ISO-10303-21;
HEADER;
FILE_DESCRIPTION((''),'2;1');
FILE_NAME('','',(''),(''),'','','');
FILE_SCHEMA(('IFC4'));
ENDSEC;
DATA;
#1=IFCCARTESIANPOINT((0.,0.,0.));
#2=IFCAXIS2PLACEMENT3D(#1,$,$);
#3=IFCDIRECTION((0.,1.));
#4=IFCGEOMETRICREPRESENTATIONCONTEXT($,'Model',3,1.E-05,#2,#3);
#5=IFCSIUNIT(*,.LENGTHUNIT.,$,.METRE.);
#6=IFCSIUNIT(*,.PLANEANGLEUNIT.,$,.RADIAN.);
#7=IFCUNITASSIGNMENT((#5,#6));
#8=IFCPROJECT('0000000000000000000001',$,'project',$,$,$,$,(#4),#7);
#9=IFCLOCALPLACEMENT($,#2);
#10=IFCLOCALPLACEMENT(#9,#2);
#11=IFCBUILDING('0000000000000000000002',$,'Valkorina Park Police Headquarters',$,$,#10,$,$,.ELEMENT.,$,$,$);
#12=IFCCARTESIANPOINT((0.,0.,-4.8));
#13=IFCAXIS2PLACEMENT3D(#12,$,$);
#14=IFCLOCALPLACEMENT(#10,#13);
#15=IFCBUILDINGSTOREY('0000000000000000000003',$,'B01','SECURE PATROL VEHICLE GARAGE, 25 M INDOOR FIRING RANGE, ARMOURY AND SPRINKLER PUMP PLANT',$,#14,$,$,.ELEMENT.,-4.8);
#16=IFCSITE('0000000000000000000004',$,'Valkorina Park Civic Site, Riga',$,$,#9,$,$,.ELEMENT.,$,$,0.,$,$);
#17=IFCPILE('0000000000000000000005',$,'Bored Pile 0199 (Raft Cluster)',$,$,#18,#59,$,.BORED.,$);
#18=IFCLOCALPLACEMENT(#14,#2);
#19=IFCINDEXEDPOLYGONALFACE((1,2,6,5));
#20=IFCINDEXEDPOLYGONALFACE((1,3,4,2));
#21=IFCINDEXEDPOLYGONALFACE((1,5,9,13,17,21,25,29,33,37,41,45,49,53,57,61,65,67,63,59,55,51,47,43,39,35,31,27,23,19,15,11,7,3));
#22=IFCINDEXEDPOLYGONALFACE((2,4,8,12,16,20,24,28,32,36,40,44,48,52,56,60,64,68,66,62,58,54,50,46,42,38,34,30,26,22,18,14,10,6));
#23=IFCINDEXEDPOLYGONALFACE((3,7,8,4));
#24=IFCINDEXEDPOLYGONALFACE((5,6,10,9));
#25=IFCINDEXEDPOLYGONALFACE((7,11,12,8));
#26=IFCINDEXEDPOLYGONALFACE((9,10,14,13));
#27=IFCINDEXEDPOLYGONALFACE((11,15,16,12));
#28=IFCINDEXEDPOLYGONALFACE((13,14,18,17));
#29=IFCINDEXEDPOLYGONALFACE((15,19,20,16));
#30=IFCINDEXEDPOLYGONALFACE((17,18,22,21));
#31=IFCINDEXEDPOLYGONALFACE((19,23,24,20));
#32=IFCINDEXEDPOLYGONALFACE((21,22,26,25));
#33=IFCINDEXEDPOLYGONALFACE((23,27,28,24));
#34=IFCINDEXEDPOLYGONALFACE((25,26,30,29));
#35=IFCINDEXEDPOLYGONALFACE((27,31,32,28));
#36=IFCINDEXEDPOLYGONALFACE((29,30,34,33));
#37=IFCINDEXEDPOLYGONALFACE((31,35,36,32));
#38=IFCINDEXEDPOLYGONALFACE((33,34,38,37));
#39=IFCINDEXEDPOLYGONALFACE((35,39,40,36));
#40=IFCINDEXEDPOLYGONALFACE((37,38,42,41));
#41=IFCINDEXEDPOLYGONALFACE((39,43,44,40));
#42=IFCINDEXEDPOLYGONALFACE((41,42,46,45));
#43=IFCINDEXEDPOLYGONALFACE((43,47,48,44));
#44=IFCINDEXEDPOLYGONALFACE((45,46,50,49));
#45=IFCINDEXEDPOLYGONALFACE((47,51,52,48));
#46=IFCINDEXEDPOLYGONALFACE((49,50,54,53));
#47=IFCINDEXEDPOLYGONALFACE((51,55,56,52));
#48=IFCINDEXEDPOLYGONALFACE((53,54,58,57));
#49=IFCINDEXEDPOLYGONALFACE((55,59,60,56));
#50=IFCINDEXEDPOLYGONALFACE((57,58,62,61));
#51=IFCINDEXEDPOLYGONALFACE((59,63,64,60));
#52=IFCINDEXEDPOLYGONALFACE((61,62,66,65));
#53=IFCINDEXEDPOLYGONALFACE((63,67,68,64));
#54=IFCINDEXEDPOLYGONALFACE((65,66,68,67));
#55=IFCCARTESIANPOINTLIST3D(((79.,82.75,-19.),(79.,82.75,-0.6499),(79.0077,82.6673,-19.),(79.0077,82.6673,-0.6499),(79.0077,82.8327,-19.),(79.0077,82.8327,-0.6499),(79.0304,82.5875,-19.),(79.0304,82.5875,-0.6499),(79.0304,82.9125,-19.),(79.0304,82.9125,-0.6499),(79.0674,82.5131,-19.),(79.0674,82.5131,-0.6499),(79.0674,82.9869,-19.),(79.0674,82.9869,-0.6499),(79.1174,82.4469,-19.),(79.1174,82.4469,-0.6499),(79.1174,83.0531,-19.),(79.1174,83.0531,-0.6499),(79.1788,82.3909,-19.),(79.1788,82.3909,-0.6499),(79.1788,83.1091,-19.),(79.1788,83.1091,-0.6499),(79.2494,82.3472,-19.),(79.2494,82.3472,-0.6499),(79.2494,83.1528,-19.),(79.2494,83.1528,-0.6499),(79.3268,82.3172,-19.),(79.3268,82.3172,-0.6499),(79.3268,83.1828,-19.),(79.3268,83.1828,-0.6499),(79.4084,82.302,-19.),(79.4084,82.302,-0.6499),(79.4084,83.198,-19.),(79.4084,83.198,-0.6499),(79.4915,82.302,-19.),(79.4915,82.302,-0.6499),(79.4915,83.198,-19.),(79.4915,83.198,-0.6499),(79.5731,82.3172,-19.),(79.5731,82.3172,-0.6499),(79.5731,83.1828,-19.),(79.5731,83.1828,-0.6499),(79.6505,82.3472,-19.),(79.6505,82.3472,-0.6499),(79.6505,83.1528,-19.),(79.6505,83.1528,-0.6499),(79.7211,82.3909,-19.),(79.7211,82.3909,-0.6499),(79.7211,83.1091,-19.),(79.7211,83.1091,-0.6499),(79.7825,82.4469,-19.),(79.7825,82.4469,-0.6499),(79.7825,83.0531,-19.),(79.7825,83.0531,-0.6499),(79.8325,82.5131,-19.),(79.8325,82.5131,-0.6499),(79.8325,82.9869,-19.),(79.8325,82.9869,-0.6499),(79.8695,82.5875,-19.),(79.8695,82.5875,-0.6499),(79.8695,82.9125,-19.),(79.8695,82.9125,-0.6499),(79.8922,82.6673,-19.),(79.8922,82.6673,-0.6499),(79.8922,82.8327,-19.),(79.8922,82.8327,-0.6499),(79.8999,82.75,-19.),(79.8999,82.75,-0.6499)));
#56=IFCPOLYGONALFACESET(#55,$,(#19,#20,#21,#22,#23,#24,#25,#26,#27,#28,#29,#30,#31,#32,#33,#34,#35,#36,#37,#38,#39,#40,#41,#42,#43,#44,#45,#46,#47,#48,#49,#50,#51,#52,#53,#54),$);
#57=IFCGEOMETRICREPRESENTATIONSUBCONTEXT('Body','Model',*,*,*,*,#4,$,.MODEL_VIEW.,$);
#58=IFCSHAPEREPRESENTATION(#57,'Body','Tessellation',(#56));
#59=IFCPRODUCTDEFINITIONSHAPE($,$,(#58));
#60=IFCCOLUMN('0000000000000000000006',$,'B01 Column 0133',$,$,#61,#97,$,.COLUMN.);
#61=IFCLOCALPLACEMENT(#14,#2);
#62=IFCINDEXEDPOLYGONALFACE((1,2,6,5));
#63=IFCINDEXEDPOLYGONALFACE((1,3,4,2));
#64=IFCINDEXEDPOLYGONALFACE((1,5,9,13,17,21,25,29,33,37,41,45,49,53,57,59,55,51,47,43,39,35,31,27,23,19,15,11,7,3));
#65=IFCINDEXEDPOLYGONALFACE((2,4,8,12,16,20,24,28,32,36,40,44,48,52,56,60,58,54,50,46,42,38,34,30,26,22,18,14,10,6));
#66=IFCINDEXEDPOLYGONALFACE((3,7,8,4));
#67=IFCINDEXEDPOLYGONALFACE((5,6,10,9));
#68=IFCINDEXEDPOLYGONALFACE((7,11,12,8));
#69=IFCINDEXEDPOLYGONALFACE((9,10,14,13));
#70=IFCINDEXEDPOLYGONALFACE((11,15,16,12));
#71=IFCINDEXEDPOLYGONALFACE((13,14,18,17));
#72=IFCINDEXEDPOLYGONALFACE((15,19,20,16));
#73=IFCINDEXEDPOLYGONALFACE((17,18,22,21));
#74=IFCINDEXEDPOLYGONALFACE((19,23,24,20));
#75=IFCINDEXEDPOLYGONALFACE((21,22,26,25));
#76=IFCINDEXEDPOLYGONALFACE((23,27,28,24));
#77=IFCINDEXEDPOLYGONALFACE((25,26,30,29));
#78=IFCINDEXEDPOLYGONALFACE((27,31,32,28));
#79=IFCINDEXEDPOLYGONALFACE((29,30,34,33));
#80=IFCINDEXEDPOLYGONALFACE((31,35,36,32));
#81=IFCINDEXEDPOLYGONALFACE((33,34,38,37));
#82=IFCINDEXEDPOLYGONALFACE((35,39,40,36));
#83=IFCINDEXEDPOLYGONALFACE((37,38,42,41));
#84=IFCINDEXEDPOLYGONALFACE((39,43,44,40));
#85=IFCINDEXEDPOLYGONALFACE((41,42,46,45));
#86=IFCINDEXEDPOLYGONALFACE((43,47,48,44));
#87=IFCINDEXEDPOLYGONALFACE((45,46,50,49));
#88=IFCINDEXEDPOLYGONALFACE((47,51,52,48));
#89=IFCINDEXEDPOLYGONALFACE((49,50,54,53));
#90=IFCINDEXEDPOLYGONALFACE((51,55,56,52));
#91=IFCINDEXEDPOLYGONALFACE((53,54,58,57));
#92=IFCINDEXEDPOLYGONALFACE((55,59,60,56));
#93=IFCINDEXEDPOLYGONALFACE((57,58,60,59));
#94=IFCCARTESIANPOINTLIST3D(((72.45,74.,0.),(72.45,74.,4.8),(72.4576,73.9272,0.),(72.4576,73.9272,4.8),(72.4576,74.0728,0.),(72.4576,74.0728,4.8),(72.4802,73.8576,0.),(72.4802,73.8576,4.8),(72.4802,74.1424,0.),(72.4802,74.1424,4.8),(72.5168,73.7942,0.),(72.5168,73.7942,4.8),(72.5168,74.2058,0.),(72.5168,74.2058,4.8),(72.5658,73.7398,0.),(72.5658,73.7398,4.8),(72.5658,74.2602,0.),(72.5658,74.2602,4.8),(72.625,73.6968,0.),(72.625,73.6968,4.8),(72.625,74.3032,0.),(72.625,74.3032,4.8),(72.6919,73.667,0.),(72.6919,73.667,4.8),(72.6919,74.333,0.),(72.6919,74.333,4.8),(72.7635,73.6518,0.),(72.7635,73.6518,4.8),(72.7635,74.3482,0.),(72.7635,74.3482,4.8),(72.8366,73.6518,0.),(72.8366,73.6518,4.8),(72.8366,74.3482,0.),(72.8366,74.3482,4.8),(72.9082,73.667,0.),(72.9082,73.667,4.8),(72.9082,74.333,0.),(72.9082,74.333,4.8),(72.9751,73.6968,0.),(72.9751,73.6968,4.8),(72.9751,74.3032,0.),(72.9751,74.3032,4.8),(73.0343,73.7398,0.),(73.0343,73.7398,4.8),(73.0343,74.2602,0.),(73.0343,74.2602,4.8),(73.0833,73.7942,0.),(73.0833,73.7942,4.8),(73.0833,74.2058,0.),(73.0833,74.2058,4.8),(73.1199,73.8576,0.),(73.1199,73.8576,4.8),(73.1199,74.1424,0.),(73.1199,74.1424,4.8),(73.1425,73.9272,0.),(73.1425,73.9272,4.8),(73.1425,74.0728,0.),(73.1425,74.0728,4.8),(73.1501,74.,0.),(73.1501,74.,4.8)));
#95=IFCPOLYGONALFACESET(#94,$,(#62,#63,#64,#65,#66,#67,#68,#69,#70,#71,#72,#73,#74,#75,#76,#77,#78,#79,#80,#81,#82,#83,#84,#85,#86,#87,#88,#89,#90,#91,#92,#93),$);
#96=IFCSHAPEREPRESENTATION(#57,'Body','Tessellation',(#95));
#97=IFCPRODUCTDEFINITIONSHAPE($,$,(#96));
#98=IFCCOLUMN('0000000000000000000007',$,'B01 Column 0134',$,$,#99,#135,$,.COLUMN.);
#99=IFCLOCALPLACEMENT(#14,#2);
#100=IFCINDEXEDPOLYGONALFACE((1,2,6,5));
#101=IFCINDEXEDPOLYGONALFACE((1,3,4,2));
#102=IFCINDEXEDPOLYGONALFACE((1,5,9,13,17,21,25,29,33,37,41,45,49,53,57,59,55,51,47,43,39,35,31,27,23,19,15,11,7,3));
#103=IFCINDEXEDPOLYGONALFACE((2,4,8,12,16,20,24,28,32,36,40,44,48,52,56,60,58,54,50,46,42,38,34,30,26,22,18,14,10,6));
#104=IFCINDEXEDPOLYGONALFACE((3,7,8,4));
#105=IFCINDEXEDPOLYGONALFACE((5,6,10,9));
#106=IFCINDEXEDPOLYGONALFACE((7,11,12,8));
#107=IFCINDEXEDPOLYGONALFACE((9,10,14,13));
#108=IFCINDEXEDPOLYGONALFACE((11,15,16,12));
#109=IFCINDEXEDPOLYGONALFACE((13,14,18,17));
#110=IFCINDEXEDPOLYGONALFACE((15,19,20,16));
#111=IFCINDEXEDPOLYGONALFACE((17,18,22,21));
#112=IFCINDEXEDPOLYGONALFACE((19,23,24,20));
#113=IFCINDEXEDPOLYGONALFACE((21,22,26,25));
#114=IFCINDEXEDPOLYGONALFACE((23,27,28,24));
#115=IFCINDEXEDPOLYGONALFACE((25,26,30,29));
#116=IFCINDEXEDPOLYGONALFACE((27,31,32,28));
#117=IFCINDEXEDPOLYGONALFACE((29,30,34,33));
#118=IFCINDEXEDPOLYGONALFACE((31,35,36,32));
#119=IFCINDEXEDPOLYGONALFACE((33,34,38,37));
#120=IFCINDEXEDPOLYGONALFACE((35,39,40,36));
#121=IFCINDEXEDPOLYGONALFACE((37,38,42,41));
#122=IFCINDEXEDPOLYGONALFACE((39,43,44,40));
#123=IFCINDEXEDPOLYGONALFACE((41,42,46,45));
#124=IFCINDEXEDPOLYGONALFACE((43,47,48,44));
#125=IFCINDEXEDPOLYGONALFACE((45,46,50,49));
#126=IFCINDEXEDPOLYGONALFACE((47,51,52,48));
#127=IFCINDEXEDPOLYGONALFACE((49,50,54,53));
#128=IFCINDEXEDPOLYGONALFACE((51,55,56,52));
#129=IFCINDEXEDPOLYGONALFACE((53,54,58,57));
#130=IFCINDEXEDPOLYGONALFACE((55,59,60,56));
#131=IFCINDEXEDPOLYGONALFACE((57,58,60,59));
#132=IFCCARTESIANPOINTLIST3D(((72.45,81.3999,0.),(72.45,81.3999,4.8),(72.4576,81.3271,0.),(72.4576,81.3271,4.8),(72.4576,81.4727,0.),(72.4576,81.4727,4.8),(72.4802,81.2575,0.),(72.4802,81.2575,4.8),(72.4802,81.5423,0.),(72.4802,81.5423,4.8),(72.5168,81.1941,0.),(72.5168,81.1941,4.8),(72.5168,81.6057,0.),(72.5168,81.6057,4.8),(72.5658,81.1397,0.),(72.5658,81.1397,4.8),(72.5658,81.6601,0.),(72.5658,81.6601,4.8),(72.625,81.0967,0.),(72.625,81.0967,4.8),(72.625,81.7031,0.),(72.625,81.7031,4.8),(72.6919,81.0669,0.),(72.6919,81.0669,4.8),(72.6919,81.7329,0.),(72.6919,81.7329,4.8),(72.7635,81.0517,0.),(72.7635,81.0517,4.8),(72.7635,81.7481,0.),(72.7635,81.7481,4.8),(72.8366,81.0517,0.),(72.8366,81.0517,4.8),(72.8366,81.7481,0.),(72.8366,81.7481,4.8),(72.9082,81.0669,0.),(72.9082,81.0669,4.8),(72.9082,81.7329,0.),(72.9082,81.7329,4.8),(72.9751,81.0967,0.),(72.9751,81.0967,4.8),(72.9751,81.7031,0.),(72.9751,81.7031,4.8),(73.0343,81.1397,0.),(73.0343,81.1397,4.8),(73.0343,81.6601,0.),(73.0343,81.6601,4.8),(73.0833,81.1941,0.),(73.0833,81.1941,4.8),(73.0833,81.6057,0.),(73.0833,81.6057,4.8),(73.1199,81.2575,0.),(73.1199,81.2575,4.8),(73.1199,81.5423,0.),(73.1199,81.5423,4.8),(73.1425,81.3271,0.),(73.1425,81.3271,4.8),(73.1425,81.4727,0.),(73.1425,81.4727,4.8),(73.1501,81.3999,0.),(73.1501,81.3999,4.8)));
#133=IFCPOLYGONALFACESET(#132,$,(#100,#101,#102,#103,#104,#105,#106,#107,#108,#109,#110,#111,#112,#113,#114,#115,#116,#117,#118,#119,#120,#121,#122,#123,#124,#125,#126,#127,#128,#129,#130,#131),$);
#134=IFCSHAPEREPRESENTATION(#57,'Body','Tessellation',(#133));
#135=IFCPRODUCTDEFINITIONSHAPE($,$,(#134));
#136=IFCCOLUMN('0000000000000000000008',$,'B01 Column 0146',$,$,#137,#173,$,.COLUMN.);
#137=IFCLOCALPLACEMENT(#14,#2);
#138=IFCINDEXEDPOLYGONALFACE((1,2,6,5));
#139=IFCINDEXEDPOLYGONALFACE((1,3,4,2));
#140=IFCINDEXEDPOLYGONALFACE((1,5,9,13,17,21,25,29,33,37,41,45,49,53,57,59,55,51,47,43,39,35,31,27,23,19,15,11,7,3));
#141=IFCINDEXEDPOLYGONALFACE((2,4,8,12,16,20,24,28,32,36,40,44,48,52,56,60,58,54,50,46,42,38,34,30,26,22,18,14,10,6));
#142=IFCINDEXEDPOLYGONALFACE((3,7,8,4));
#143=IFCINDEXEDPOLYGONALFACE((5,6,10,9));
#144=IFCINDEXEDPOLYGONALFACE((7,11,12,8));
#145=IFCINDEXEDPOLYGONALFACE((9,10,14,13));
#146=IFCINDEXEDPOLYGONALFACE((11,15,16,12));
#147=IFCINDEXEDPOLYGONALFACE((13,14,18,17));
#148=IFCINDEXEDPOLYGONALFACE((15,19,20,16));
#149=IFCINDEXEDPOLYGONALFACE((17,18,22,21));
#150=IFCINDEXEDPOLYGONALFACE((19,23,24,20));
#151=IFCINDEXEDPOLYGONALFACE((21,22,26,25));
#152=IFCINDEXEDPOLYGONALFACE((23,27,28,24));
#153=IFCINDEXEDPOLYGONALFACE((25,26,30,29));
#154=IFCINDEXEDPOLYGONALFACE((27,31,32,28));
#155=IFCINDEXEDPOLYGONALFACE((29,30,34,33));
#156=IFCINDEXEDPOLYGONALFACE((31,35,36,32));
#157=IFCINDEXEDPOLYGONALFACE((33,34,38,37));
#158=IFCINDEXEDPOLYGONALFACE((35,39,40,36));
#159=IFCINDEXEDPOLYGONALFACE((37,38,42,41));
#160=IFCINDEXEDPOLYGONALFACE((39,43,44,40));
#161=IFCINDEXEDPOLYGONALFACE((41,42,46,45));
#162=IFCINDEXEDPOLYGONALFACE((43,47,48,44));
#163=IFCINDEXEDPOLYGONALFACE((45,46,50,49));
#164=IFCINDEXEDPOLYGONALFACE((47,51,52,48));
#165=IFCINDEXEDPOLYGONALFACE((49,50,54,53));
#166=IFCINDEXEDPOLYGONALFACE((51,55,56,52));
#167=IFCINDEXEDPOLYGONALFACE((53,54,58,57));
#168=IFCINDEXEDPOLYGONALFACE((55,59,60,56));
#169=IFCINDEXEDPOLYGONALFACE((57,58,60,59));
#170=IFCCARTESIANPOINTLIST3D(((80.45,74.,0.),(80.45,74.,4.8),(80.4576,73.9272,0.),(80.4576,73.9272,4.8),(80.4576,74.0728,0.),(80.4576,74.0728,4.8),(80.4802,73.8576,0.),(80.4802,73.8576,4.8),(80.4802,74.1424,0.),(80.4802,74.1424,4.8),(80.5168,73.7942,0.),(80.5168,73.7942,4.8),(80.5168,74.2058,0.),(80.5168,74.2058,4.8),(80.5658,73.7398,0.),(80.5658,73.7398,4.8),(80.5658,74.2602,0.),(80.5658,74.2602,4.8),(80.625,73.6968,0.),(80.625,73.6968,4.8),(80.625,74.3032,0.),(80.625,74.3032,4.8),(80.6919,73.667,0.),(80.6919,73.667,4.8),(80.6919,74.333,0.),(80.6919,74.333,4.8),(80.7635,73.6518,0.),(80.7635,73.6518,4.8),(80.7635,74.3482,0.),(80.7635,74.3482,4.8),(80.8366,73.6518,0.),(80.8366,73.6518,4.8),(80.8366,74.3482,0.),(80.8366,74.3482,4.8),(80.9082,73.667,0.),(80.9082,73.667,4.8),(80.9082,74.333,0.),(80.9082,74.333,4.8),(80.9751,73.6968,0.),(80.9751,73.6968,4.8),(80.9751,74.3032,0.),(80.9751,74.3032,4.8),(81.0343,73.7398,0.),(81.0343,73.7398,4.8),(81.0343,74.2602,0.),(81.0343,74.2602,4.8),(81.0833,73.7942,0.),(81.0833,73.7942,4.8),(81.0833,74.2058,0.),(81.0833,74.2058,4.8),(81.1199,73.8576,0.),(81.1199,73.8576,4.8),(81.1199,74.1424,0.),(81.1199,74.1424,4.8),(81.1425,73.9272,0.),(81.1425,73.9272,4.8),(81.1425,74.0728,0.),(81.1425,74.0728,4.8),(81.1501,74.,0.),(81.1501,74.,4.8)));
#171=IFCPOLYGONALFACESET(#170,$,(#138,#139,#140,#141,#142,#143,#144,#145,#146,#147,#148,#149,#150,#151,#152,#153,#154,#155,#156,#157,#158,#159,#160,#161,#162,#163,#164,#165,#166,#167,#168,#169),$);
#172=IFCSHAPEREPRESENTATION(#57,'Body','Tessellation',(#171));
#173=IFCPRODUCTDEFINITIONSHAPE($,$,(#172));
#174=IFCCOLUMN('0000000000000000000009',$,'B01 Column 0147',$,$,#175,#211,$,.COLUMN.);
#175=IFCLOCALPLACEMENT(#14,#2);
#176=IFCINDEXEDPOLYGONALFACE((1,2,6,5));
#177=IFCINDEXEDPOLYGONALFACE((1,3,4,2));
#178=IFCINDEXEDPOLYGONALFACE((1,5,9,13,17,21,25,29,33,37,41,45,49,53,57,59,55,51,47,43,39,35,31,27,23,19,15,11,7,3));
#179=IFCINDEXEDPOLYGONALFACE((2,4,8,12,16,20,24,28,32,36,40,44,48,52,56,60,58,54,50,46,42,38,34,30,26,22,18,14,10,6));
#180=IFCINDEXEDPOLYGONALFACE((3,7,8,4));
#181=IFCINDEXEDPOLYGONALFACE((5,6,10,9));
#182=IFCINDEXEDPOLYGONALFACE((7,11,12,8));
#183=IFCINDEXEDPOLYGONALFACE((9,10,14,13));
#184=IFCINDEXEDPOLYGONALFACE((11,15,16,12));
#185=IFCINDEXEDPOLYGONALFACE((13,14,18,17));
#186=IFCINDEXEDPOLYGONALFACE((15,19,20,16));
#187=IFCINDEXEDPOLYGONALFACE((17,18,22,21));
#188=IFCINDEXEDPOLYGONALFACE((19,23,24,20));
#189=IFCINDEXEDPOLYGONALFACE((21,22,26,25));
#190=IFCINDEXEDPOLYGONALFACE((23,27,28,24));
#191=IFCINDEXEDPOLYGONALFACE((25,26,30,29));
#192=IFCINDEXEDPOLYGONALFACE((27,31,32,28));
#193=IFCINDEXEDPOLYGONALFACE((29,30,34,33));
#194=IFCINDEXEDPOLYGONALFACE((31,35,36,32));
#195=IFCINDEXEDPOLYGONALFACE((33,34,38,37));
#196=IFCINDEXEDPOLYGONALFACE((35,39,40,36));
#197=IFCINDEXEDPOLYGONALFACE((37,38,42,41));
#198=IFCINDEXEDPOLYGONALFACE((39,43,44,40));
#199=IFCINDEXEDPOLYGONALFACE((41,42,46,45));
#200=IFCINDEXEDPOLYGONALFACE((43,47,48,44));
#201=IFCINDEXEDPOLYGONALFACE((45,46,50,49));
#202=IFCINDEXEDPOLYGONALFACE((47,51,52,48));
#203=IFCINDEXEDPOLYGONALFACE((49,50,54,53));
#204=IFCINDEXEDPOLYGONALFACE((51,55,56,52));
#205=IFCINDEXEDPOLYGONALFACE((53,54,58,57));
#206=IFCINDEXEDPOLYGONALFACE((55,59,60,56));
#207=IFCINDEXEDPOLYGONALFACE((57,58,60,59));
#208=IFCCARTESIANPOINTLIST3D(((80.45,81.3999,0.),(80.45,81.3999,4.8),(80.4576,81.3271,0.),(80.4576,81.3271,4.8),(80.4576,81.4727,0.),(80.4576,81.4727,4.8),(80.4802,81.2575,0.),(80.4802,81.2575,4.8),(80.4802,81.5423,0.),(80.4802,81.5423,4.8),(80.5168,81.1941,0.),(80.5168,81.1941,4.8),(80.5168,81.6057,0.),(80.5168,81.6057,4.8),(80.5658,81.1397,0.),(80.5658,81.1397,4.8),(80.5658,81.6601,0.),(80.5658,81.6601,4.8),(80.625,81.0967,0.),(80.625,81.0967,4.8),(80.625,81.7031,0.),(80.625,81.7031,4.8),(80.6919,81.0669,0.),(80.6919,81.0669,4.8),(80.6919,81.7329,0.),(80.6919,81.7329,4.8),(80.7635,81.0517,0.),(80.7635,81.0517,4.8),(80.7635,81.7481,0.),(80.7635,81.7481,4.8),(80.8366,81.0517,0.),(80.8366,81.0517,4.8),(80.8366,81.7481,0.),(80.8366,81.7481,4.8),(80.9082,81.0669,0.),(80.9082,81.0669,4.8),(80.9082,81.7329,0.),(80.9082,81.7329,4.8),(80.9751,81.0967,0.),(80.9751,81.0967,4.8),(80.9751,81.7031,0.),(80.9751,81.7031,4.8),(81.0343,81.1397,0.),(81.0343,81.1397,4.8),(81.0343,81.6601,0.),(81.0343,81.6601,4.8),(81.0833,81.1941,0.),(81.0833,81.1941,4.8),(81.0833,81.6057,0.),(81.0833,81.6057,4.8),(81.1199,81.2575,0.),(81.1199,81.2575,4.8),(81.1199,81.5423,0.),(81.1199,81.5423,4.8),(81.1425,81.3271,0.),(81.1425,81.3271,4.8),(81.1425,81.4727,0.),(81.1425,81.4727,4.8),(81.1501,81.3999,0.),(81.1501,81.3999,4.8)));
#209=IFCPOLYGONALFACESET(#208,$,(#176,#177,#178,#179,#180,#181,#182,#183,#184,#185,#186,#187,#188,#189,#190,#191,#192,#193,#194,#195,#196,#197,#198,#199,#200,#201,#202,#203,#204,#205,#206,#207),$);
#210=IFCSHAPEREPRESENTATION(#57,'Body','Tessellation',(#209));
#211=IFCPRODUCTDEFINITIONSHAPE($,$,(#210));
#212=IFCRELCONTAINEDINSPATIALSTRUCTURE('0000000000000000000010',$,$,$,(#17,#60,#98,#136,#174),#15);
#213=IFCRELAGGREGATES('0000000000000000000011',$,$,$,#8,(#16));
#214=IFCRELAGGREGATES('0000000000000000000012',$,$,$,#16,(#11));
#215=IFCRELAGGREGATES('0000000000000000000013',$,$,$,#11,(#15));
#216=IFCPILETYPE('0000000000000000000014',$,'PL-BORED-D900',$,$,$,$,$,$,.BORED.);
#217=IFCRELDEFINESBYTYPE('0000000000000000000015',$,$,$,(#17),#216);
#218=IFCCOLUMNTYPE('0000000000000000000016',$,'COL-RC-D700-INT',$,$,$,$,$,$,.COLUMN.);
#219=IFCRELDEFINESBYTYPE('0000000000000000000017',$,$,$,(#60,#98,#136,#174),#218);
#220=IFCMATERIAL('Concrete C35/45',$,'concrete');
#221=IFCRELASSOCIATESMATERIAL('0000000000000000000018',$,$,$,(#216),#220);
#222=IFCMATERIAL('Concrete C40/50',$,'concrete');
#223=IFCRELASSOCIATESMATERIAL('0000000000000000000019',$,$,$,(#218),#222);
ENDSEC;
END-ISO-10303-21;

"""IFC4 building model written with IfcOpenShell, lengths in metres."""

from ifc_helpers import new_model, si_unit, direction, frame, origin, origin_2d, place, context, subcontext, project, spatial, circle, extrude, material, material_profile, profile_set, type_object, element, save


model = new_model("IFC4")

# Units and contexts
model_context = context("Model", 3, precision=1e-05, world=origin(), true_north=direction((0.0, 1.0)))
body_context = subcontext(model_context, "Body", "Model", "MODEL_VIEW")
ifc_project = project(units=[si_unit("LENGTHUNIT", "METRE"), si_unit("PLANEANGLEUNIT", "RADIAN")], contexts=[model_context])

# Site, building, storey
site_placement = place(None, origin())
site = spatial("IfcSite", under=ifc_project, at=site_placement, Name="Valkorina Park Civic Site, Riga", CompositionType="ELEMENT", RefElevation=0.0)
building_placement = place(site_placement, origin())
building = spatial("IfcBuilding", under=site, at=building_placement, Name="Valkorina Park Police Headquarters", CompositionType="ELEMENT")
storey_placement = place(building_placement, frame((0.0, 0.0, -4.8)))
storey = spatial("IfcBuildingStorey", under=building, at=storey_placement, Name="B01", Description="SECURE PATROL VEHICLE GARAGE, 25 M INDOOR FIRING RANGE, ARMOURY AND SPRINKLER PUMP PLANT", CompositionType="ELEMENT", Elevation=-4.8)

# Pile
ifc_material_1 = material(Name="Concrete C35/45", Category="concrete")
ifc_material_profile_1 = material_profile(ifc_material_1, circle(Radius=0.45, at=origin_2d()), Name="BORED PILE D900")
ifc_profile_set_1 = profile_set([ifc_material_profile_1], Name="Concrete C35/45")
pile_type_1 = type_object("IfcPileType", Name="PL-BORED-D900", PredefinedType="BORED", material=ifc_profile_set_1)
for number, where, z_axis, x_axis, name in (
    (1, (79.45, 82.75, -0.6499), (0.0, 0.0, -1.0), (1.0, 0.0, 0.0), "Bored Pile 0199 (Raft Cluster)"),
):
    element("IfcPile", number, at=place(storey_placement, frame(where, z_axis=z_axis, x_axis=x_axis)), inside=storey, type_object=pile_type_1, Name=name, PredefinedType="BORED", context=body_context, shape_type="SweptSolid", body=[
        extrude(circle(Radius=0.45, at=origin_2d()), origin(), (0.0, 0.0, 1.0), 18.3501),
    ])

# Columns
ifc_material_2 = material(Name="Concrete C40/50", Category="concrete")
ifc_material_profile_2 = material_profile(ifc_material_2, circle(Radius=0.3501, at=origin_2d()), Name="RC COL D700")
ifc_profile_set_2 = profile_set([ifc_material_profile_2], Name="Concrete C40/50")
column_type = type_object("IfcColumnType", Name="COL-RC-D700-INT", PredefinedType="COLUMN", material=ifc_profile_set_2)
for number, where, z_axis, x_axis, name in (
    (2, (72.8, 74.0, 0.0), (0.0, 0.0, 1.0), (1.0, 0.0, 0.0), "B01 Column 0133"),
    (3, (72.8, 81.3999, 0.0), (0.0, 0.0, 1.0), (1.0, 0.0, 0.0), "B01 Column 0134"),
    (4, (80.8, 74.0, 0.0), (0.0, 0.0, 1.0), (1.0, 0.0, 0.0), "B01 Column 0146"),
    (5, (80.8, 81.3999, 0.0), (0.0, 0.0, 1.0), (1.0, 0.0, 0.0), "B01 Column 0147"),
):
    element("IfcColumn", number, at=place(storey_placement, frame(where, z_axis=z_axis, x_axis=x_axis)), inside=storey, type_object=column_type, Name=name, PredefinedType="COLUMN", context=body_context, shape_type="SweptSolid", body=[
        extrude(circle(Radius=0.3501, at=origin_2d()), origin(), (0.0, 0.0, 1.0), 4.8),
    ])

save(model, "model.ifc")
